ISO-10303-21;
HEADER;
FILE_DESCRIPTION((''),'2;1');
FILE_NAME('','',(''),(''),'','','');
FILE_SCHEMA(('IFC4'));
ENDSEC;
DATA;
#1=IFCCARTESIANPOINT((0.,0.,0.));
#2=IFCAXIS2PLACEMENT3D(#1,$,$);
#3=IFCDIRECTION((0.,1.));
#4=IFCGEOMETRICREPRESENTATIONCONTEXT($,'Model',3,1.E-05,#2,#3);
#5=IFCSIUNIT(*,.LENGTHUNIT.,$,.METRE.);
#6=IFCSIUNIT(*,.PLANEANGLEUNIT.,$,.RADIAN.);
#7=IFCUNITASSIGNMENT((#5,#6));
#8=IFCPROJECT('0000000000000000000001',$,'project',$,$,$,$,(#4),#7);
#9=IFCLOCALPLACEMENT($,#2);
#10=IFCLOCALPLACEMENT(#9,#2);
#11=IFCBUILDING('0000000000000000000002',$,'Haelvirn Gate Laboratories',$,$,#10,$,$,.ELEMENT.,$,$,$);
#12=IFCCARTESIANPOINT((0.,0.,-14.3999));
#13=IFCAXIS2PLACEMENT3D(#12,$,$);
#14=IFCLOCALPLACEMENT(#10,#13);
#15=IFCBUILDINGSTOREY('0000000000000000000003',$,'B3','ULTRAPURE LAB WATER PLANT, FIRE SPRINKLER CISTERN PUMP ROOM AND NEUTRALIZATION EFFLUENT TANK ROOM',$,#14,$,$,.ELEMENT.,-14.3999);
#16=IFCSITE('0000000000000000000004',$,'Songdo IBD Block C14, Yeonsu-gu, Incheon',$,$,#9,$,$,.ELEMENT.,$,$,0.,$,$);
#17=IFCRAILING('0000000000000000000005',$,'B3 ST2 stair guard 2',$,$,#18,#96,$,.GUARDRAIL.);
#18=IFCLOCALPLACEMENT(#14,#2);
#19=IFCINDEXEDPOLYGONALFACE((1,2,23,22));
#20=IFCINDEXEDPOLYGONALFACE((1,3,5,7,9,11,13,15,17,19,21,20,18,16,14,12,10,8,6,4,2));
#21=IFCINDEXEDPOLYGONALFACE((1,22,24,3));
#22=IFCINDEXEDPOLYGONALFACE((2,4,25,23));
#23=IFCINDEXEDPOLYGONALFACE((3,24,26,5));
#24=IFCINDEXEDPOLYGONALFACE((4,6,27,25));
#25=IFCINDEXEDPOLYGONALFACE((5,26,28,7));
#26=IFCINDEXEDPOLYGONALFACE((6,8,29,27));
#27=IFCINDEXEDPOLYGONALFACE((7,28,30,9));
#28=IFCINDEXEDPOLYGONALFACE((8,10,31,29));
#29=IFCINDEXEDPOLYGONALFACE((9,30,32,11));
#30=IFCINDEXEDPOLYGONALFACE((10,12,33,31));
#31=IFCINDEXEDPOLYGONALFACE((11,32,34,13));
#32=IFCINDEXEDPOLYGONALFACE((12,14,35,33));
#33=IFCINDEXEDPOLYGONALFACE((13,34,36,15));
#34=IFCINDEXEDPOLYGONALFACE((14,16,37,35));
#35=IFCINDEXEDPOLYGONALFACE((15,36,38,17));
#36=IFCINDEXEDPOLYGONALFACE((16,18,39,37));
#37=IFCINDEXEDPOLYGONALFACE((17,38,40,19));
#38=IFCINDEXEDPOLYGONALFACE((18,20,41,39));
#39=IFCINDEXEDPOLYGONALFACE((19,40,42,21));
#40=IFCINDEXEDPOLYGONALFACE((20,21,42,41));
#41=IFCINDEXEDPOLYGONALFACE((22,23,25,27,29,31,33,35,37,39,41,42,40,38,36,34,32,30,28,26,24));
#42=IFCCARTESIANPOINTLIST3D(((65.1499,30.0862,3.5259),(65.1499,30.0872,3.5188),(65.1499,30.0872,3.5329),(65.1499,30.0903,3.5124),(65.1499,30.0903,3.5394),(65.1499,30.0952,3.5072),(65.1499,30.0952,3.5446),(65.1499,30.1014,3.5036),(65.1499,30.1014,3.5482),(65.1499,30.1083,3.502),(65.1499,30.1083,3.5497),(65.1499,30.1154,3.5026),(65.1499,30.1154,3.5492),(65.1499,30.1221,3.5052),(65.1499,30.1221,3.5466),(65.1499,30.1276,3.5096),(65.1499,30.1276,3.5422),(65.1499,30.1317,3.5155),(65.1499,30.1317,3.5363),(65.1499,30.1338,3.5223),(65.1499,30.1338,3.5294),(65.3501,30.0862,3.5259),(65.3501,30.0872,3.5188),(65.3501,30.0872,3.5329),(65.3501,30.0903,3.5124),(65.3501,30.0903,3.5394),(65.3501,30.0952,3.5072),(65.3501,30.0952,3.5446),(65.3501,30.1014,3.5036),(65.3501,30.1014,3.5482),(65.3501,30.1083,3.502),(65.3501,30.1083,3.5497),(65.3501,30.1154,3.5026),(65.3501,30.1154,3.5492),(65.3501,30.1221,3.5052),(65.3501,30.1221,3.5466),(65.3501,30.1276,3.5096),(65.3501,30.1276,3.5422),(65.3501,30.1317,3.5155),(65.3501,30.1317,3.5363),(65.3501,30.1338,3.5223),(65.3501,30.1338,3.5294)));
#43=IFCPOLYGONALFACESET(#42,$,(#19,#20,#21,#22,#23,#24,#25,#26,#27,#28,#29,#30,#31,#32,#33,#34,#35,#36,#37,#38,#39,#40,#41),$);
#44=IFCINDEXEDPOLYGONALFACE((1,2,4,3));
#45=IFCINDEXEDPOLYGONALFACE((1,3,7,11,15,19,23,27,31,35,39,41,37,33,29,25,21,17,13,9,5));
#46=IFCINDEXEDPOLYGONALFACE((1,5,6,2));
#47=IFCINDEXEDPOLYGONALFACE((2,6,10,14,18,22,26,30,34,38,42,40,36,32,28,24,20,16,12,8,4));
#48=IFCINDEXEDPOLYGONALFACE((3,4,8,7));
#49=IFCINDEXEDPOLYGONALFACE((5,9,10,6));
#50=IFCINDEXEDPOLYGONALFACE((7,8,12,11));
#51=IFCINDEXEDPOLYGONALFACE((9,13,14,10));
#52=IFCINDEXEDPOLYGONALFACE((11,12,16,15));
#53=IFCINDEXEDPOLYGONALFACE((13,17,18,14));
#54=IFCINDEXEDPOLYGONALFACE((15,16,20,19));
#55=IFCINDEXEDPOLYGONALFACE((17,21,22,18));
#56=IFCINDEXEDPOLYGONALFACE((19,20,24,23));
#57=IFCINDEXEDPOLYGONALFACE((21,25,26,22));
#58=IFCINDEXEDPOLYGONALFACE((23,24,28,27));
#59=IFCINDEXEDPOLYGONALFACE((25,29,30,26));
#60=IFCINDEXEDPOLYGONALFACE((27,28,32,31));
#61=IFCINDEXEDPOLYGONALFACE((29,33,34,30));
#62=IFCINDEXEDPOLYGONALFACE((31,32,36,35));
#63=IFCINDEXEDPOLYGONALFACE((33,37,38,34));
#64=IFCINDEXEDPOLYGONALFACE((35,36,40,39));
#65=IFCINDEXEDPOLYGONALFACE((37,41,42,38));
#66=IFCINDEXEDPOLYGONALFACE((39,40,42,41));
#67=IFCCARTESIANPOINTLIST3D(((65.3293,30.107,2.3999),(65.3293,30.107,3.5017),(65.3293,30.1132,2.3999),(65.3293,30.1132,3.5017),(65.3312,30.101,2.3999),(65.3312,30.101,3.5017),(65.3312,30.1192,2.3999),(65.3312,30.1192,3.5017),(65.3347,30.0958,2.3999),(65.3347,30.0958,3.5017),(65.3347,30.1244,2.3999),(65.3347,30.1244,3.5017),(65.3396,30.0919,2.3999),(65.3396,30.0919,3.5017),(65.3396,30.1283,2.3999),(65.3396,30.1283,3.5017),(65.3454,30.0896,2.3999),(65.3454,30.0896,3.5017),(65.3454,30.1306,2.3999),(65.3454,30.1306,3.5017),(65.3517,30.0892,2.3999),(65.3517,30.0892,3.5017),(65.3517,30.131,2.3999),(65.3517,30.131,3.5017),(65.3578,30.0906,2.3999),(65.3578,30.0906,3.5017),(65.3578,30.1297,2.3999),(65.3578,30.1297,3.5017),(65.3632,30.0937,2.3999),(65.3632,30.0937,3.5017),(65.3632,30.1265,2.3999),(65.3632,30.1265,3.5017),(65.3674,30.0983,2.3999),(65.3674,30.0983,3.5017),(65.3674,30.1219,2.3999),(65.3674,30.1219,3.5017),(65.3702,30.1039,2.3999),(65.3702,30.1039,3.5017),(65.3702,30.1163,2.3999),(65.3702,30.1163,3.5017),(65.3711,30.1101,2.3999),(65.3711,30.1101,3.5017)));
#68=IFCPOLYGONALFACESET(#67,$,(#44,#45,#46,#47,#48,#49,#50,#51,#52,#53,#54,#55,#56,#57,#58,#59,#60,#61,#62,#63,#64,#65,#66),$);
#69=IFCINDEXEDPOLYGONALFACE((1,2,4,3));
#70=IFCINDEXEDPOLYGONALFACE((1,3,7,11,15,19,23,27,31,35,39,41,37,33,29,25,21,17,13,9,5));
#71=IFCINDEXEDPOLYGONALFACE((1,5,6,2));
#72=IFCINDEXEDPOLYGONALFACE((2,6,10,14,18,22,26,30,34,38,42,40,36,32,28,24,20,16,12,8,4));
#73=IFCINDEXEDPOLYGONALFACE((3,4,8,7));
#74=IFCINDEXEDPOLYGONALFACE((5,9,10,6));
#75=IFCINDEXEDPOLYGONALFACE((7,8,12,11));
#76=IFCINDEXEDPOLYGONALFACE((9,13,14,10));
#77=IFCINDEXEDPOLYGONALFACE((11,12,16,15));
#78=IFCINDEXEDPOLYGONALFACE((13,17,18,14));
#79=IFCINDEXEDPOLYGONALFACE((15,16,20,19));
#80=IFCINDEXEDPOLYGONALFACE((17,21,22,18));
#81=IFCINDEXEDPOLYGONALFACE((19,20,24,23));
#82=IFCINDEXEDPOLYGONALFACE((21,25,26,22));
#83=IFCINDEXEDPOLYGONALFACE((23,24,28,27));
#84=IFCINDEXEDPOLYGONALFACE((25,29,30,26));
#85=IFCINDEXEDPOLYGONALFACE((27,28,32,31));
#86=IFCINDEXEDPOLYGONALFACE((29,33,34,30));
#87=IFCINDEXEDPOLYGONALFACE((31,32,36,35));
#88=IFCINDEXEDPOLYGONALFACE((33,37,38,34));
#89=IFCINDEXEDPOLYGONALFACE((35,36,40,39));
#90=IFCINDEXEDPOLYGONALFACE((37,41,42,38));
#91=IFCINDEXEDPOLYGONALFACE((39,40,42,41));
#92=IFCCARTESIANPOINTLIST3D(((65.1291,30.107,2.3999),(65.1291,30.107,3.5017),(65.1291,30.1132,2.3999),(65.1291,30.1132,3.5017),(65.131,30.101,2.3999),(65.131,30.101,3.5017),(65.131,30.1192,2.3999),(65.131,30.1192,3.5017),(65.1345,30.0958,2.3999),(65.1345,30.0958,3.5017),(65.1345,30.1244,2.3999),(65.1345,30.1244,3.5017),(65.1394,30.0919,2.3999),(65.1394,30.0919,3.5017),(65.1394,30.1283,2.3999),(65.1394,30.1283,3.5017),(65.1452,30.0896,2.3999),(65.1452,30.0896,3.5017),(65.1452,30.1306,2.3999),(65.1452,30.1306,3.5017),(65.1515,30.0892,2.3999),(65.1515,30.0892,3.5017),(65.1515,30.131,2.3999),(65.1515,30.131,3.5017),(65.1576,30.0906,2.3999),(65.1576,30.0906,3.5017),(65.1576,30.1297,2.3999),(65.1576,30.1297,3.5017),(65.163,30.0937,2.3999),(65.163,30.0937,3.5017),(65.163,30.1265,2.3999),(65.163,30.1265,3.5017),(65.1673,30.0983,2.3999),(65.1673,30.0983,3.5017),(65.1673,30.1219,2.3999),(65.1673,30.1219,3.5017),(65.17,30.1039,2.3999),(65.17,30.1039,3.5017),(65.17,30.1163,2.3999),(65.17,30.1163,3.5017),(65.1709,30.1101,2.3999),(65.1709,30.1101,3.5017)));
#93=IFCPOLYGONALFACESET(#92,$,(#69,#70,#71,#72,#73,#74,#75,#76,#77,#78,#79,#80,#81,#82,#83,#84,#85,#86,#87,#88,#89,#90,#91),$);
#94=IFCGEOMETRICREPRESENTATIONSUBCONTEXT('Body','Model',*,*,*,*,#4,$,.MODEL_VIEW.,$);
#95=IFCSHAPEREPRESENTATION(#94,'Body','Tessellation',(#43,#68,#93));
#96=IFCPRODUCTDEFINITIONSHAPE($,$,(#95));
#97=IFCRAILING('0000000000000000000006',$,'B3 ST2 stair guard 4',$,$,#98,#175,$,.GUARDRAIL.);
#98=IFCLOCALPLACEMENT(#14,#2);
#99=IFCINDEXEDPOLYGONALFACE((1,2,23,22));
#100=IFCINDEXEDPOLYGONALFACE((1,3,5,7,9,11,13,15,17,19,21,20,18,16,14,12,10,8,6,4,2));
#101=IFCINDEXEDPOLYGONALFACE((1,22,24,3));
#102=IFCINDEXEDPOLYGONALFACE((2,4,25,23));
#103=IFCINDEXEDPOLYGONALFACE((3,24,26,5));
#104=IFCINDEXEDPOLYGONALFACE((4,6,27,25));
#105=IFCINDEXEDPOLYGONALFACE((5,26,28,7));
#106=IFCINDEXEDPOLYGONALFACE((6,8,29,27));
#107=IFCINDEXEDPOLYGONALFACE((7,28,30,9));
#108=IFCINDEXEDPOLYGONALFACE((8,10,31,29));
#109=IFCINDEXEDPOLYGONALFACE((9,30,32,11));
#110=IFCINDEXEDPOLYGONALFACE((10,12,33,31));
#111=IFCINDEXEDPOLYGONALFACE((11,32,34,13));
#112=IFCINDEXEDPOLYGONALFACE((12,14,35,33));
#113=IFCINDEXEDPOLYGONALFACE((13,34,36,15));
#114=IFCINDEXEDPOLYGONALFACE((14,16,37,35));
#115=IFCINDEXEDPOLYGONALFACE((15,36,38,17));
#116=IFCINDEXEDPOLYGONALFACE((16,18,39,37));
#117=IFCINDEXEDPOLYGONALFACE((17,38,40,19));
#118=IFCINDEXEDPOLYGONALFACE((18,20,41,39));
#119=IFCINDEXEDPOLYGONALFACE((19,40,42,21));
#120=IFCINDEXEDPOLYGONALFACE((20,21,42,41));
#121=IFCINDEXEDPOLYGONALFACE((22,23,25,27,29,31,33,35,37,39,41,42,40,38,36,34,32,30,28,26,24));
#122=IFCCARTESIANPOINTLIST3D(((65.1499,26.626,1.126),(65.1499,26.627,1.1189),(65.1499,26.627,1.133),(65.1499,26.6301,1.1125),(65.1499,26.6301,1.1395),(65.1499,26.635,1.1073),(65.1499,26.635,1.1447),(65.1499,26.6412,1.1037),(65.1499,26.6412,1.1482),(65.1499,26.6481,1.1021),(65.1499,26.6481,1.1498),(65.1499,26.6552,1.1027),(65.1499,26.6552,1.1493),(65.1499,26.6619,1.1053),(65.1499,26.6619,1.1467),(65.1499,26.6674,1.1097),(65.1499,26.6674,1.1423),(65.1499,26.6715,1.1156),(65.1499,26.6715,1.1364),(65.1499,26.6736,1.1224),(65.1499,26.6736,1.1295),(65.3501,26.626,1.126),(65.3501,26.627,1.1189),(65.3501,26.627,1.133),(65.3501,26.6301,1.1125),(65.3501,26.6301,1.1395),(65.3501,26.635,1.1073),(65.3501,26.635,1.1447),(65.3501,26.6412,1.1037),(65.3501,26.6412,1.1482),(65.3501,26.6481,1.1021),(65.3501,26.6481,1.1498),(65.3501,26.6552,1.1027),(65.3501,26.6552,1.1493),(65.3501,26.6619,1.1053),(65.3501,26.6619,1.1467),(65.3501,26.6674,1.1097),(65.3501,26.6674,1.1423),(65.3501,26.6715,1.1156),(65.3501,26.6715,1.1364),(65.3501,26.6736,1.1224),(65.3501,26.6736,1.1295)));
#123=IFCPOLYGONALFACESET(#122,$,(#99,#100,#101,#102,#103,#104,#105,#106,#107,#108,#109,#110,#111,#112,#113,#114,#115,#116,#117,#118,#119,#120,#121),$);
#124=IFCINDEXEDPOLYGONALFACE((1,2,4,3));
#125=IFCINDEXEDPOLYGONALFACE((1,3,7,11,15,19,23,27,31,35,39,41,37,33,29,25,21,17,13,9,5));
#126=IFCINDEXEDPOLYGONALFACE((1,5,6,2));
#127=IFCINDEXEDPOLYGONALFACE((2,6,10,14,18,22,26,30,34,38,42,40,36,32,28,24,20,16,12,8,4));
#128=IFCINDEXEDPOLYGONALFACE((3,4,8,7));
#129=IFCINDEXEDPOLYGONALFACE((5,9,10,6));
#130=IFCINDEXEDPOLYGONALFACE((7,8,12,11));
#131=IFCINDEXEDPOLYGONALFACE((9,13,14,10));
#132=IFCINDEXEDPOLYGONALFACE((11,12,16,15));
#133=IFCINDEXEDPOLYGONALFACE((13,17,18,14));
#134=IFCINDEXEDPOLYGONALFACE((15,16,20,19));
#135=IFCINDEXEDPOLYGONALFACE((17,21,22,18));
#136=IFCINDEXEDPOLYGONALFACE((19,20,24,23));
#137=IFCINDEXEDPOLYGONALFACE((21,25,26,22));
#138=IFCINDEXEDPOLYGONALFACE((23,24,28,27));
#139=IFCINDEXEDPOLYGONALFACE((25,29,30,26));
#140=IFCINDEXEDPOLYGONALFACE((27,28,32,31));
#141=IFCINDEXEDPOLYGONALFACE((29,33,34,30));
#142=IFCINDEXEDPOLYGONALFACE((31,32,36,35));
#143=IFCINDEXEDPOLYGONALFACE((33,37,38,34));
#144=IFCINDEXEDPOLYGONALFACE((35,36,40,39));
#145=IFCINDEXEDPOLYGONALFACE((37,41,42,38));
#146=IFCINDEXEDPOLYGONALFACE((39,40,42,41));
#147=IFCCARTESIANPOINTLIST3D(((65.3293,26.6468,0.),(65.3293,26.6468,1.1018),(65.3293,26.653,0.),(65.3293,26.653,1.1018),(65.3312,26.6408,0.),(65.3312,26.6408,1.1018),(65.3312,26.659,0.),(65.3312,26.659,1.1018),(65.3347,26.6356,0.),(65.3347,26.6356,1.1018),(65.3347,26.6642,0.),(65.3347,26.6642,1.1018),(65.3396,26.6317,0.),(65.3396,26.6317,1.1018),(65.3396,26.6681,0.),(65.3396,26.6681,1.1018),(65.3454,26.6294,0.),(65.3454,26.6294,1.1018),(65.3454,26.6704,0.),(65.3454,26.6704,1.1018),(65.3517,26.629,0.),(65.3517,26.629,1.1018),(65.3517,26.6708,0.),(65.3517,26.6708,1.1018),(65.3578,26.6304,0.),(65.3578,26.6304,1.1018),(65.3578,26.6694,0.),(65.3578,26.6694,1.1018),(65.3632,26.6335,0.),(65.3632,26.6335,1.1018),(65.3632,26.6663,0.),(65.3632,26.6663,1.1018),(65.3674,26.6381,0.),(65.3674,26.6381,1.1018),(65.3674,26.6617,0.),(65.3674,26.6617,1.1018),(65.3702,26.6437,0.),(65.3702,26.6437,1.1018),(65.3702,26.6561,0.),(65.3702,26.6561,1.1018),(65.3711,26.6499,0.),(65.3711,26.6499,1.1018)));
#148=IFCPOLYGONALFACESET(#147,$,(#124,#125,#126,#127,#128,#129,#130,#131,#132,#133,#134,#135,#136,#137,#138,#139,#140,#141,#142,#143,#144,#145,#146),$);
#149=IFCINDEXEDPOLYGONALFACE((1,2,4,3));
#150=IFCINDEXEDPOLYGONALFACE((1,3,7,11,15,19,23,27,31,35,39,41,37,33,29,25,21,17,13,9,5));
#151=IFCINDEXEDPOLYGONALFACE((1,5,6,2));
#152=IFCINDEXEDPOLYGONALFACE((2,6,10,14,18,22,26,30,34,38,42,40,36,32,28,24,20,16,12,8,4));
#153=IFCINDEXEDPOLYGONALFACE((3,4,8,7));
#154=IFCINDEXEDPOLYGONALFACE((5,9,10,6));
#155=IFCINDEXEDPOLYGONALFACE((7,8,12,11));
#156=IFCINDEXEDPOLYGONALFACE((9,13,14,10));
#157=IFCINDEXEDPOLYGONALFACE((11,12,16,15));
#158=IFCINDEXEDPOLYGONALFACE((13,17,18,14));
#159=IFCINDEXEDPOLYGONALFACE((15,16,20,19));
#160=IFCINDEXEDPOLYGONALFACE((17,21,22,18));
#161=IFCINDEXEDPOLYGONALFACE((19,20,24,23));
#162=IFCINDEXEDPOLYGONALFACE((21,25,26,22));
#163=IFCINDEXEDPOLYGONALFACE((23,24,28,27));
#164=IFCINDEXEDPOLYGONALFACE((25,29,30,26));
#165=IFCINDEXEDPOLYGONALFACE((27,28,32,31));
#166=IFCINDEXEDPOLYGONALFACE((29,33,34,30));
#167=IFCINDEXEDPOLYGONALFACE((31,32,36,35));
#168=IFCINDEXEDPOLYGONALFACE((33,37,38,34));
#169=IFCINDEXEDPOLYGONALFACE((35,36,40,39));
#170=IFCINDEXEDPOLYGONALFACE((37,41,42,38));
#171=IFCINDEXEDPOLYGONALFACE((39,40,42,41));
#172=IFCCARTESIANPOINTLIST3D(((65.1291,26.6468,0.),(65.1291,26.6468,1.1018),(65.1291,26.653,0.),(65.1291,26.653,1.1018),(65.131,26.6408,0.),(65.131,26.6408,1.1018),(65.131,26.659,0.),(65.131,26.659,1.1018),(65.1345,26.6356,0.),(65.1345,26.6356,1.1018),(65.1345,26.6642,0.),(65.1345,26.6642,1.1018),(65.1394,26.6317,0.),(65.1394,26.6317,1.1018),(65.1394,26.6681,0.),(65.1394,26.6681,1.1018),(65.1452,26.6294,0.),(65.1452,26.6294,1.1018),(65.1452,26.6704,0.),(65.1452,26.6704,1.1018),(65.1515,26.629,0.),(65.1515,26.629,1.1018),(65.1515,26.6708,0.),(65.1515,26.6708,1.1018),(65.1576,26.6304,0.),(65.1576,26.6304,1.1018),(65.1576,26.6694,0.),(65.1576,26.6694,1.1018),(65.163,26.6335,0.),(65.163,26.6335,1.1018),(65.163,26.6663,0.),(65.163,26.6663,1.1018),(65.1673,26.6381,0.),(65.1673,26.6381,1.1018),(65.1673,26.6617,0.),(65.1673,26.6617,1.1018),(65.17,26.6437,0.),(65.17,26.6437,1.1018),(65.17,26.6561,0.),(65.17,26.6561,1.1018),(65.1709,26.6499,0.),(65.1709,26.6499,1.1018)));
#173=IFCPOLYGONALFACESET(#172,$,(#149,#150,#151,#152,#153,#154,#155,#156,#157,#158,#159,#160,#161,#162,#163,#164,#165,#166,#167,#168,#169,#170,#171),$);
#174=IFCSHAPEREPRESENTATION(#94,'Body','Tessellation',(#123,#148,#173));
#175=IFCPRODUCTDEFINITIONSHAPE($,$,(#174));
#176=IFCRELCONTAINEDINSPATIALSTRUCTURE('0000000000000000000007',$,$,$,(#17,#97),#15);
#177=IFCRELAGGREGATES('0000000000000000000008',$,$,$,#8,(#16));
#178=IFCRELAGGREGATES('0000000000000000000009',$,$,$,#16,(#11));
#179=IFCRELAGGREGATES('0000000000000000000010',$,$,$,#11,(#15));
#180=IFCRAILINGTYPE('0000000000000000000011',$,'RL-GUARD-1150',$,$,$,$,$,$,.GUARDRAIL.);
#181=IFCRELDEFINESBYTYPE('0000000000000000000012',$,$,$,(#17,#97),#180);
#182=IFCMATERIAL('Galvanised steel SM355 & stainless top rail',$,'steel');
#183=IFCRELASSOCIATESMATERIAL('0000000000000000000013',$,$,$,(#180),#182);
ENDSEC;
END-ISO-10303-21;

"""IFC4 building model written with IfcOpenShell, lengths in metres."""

from ifc_helpers import new_model, si_unit, direction, frame, origin, origin_2d, place, context, subcontext, project, spatial, circle, extrude, source, transform, mapped, material, type_object, element, save


model = new_model("IFC4")

# Units and contexts
model_context = context("Model", 3, precision=1e-05, world=origin(), true_north=direction((0.0, 1.0)))
body_context = subcontext(model_context, "Body", "Model", "MODEL_VIEW")
ifc_project = project(units=[si_unit("LENGTHUNIT", "METRE"), si_unit("PLANEANGLEUNIT", "RADIAN")], contexts=[model_context])

# Site, building, storey
site_placement = place(None, origin())
site = spatial("IfcSite", under=ifc_project, at=site_placement, Name="Songdo IBD Block C14, Yeonsu-gu, Incheon", CompositionType="ELEMENT", RefElevation=0.0)
building_placement = place(site_placement, origin())
building = spatial("IfcBuilding", under=site, at=building_placement, Name="Haelvirn Gate Laboratories", CompositionType="ELEMENT")
storey_placement = place(building_placement, frame((0.0, 0.0, -14.3999)))
storey = spatial("IfcBuildingStorey", under=building, at=storey_placement, Name="B3", Description="ULTRAPURE LAB WATER PLANT, FIRE SPRINKLER CISTERN PUMP ROOM AND NEUTRALIZATION EFFLUENT TANK ROOM", CompositionType="ELEMENT", Elevation=-14.3999)

# Railings
ifc_material_1 = material(Name="Galvanised steel SM355 & stainless top rail", Category="steel")
railing_type_1 = type_object("IfcRailingType", Name="RL-GUARD-1150", PredefinedType="GUARDRAIL", material=ifc_material_1)
shared_shape_1 = source(origin(), body_context, "Body", "SweptSolid", [
    extrude(circle(Radius=0.0239, at=origin_2d()), frame((0.0, 0.0, 1.126), z_axis=(-1.0, 0.0, 0.0), x_axis=(0.0, -1.0, 0.0)), (0.0, 0.0, 1.0), 0.2002),
    extrude(circle(Radius=0.021, at=origin_2d()), origin(), (0.0, 0.0, 1.0), 1.1018),
    extrude(circle(Radius=0.021, at=origin_2d()), frame((-0.2002, 0.0, 0.0)), (0.0, 0.0, 1.0), 1.1018),
])
for number, where, name in (
    (1, (65.3501, 30.1101, 2.3999), "B3 ST2 stair guard 2"),
    (2, (65.3501, 26.6499, 0.0), "B3 ST2 stair guard 4"),
):
    element("IfcRailing", number, at=place(storey_placement, frame(where)), inside=storey, type_object=railing_type_1, Name=name, PredefinedType="GUARDRAIL", context=body_context, shape_type="MappedRepresentation", body=[
        mapped(shared_shape_1, transform((0.0, 0.0, 0.0), scale=1.0)),
    ])

save(model, "model.ifc")
